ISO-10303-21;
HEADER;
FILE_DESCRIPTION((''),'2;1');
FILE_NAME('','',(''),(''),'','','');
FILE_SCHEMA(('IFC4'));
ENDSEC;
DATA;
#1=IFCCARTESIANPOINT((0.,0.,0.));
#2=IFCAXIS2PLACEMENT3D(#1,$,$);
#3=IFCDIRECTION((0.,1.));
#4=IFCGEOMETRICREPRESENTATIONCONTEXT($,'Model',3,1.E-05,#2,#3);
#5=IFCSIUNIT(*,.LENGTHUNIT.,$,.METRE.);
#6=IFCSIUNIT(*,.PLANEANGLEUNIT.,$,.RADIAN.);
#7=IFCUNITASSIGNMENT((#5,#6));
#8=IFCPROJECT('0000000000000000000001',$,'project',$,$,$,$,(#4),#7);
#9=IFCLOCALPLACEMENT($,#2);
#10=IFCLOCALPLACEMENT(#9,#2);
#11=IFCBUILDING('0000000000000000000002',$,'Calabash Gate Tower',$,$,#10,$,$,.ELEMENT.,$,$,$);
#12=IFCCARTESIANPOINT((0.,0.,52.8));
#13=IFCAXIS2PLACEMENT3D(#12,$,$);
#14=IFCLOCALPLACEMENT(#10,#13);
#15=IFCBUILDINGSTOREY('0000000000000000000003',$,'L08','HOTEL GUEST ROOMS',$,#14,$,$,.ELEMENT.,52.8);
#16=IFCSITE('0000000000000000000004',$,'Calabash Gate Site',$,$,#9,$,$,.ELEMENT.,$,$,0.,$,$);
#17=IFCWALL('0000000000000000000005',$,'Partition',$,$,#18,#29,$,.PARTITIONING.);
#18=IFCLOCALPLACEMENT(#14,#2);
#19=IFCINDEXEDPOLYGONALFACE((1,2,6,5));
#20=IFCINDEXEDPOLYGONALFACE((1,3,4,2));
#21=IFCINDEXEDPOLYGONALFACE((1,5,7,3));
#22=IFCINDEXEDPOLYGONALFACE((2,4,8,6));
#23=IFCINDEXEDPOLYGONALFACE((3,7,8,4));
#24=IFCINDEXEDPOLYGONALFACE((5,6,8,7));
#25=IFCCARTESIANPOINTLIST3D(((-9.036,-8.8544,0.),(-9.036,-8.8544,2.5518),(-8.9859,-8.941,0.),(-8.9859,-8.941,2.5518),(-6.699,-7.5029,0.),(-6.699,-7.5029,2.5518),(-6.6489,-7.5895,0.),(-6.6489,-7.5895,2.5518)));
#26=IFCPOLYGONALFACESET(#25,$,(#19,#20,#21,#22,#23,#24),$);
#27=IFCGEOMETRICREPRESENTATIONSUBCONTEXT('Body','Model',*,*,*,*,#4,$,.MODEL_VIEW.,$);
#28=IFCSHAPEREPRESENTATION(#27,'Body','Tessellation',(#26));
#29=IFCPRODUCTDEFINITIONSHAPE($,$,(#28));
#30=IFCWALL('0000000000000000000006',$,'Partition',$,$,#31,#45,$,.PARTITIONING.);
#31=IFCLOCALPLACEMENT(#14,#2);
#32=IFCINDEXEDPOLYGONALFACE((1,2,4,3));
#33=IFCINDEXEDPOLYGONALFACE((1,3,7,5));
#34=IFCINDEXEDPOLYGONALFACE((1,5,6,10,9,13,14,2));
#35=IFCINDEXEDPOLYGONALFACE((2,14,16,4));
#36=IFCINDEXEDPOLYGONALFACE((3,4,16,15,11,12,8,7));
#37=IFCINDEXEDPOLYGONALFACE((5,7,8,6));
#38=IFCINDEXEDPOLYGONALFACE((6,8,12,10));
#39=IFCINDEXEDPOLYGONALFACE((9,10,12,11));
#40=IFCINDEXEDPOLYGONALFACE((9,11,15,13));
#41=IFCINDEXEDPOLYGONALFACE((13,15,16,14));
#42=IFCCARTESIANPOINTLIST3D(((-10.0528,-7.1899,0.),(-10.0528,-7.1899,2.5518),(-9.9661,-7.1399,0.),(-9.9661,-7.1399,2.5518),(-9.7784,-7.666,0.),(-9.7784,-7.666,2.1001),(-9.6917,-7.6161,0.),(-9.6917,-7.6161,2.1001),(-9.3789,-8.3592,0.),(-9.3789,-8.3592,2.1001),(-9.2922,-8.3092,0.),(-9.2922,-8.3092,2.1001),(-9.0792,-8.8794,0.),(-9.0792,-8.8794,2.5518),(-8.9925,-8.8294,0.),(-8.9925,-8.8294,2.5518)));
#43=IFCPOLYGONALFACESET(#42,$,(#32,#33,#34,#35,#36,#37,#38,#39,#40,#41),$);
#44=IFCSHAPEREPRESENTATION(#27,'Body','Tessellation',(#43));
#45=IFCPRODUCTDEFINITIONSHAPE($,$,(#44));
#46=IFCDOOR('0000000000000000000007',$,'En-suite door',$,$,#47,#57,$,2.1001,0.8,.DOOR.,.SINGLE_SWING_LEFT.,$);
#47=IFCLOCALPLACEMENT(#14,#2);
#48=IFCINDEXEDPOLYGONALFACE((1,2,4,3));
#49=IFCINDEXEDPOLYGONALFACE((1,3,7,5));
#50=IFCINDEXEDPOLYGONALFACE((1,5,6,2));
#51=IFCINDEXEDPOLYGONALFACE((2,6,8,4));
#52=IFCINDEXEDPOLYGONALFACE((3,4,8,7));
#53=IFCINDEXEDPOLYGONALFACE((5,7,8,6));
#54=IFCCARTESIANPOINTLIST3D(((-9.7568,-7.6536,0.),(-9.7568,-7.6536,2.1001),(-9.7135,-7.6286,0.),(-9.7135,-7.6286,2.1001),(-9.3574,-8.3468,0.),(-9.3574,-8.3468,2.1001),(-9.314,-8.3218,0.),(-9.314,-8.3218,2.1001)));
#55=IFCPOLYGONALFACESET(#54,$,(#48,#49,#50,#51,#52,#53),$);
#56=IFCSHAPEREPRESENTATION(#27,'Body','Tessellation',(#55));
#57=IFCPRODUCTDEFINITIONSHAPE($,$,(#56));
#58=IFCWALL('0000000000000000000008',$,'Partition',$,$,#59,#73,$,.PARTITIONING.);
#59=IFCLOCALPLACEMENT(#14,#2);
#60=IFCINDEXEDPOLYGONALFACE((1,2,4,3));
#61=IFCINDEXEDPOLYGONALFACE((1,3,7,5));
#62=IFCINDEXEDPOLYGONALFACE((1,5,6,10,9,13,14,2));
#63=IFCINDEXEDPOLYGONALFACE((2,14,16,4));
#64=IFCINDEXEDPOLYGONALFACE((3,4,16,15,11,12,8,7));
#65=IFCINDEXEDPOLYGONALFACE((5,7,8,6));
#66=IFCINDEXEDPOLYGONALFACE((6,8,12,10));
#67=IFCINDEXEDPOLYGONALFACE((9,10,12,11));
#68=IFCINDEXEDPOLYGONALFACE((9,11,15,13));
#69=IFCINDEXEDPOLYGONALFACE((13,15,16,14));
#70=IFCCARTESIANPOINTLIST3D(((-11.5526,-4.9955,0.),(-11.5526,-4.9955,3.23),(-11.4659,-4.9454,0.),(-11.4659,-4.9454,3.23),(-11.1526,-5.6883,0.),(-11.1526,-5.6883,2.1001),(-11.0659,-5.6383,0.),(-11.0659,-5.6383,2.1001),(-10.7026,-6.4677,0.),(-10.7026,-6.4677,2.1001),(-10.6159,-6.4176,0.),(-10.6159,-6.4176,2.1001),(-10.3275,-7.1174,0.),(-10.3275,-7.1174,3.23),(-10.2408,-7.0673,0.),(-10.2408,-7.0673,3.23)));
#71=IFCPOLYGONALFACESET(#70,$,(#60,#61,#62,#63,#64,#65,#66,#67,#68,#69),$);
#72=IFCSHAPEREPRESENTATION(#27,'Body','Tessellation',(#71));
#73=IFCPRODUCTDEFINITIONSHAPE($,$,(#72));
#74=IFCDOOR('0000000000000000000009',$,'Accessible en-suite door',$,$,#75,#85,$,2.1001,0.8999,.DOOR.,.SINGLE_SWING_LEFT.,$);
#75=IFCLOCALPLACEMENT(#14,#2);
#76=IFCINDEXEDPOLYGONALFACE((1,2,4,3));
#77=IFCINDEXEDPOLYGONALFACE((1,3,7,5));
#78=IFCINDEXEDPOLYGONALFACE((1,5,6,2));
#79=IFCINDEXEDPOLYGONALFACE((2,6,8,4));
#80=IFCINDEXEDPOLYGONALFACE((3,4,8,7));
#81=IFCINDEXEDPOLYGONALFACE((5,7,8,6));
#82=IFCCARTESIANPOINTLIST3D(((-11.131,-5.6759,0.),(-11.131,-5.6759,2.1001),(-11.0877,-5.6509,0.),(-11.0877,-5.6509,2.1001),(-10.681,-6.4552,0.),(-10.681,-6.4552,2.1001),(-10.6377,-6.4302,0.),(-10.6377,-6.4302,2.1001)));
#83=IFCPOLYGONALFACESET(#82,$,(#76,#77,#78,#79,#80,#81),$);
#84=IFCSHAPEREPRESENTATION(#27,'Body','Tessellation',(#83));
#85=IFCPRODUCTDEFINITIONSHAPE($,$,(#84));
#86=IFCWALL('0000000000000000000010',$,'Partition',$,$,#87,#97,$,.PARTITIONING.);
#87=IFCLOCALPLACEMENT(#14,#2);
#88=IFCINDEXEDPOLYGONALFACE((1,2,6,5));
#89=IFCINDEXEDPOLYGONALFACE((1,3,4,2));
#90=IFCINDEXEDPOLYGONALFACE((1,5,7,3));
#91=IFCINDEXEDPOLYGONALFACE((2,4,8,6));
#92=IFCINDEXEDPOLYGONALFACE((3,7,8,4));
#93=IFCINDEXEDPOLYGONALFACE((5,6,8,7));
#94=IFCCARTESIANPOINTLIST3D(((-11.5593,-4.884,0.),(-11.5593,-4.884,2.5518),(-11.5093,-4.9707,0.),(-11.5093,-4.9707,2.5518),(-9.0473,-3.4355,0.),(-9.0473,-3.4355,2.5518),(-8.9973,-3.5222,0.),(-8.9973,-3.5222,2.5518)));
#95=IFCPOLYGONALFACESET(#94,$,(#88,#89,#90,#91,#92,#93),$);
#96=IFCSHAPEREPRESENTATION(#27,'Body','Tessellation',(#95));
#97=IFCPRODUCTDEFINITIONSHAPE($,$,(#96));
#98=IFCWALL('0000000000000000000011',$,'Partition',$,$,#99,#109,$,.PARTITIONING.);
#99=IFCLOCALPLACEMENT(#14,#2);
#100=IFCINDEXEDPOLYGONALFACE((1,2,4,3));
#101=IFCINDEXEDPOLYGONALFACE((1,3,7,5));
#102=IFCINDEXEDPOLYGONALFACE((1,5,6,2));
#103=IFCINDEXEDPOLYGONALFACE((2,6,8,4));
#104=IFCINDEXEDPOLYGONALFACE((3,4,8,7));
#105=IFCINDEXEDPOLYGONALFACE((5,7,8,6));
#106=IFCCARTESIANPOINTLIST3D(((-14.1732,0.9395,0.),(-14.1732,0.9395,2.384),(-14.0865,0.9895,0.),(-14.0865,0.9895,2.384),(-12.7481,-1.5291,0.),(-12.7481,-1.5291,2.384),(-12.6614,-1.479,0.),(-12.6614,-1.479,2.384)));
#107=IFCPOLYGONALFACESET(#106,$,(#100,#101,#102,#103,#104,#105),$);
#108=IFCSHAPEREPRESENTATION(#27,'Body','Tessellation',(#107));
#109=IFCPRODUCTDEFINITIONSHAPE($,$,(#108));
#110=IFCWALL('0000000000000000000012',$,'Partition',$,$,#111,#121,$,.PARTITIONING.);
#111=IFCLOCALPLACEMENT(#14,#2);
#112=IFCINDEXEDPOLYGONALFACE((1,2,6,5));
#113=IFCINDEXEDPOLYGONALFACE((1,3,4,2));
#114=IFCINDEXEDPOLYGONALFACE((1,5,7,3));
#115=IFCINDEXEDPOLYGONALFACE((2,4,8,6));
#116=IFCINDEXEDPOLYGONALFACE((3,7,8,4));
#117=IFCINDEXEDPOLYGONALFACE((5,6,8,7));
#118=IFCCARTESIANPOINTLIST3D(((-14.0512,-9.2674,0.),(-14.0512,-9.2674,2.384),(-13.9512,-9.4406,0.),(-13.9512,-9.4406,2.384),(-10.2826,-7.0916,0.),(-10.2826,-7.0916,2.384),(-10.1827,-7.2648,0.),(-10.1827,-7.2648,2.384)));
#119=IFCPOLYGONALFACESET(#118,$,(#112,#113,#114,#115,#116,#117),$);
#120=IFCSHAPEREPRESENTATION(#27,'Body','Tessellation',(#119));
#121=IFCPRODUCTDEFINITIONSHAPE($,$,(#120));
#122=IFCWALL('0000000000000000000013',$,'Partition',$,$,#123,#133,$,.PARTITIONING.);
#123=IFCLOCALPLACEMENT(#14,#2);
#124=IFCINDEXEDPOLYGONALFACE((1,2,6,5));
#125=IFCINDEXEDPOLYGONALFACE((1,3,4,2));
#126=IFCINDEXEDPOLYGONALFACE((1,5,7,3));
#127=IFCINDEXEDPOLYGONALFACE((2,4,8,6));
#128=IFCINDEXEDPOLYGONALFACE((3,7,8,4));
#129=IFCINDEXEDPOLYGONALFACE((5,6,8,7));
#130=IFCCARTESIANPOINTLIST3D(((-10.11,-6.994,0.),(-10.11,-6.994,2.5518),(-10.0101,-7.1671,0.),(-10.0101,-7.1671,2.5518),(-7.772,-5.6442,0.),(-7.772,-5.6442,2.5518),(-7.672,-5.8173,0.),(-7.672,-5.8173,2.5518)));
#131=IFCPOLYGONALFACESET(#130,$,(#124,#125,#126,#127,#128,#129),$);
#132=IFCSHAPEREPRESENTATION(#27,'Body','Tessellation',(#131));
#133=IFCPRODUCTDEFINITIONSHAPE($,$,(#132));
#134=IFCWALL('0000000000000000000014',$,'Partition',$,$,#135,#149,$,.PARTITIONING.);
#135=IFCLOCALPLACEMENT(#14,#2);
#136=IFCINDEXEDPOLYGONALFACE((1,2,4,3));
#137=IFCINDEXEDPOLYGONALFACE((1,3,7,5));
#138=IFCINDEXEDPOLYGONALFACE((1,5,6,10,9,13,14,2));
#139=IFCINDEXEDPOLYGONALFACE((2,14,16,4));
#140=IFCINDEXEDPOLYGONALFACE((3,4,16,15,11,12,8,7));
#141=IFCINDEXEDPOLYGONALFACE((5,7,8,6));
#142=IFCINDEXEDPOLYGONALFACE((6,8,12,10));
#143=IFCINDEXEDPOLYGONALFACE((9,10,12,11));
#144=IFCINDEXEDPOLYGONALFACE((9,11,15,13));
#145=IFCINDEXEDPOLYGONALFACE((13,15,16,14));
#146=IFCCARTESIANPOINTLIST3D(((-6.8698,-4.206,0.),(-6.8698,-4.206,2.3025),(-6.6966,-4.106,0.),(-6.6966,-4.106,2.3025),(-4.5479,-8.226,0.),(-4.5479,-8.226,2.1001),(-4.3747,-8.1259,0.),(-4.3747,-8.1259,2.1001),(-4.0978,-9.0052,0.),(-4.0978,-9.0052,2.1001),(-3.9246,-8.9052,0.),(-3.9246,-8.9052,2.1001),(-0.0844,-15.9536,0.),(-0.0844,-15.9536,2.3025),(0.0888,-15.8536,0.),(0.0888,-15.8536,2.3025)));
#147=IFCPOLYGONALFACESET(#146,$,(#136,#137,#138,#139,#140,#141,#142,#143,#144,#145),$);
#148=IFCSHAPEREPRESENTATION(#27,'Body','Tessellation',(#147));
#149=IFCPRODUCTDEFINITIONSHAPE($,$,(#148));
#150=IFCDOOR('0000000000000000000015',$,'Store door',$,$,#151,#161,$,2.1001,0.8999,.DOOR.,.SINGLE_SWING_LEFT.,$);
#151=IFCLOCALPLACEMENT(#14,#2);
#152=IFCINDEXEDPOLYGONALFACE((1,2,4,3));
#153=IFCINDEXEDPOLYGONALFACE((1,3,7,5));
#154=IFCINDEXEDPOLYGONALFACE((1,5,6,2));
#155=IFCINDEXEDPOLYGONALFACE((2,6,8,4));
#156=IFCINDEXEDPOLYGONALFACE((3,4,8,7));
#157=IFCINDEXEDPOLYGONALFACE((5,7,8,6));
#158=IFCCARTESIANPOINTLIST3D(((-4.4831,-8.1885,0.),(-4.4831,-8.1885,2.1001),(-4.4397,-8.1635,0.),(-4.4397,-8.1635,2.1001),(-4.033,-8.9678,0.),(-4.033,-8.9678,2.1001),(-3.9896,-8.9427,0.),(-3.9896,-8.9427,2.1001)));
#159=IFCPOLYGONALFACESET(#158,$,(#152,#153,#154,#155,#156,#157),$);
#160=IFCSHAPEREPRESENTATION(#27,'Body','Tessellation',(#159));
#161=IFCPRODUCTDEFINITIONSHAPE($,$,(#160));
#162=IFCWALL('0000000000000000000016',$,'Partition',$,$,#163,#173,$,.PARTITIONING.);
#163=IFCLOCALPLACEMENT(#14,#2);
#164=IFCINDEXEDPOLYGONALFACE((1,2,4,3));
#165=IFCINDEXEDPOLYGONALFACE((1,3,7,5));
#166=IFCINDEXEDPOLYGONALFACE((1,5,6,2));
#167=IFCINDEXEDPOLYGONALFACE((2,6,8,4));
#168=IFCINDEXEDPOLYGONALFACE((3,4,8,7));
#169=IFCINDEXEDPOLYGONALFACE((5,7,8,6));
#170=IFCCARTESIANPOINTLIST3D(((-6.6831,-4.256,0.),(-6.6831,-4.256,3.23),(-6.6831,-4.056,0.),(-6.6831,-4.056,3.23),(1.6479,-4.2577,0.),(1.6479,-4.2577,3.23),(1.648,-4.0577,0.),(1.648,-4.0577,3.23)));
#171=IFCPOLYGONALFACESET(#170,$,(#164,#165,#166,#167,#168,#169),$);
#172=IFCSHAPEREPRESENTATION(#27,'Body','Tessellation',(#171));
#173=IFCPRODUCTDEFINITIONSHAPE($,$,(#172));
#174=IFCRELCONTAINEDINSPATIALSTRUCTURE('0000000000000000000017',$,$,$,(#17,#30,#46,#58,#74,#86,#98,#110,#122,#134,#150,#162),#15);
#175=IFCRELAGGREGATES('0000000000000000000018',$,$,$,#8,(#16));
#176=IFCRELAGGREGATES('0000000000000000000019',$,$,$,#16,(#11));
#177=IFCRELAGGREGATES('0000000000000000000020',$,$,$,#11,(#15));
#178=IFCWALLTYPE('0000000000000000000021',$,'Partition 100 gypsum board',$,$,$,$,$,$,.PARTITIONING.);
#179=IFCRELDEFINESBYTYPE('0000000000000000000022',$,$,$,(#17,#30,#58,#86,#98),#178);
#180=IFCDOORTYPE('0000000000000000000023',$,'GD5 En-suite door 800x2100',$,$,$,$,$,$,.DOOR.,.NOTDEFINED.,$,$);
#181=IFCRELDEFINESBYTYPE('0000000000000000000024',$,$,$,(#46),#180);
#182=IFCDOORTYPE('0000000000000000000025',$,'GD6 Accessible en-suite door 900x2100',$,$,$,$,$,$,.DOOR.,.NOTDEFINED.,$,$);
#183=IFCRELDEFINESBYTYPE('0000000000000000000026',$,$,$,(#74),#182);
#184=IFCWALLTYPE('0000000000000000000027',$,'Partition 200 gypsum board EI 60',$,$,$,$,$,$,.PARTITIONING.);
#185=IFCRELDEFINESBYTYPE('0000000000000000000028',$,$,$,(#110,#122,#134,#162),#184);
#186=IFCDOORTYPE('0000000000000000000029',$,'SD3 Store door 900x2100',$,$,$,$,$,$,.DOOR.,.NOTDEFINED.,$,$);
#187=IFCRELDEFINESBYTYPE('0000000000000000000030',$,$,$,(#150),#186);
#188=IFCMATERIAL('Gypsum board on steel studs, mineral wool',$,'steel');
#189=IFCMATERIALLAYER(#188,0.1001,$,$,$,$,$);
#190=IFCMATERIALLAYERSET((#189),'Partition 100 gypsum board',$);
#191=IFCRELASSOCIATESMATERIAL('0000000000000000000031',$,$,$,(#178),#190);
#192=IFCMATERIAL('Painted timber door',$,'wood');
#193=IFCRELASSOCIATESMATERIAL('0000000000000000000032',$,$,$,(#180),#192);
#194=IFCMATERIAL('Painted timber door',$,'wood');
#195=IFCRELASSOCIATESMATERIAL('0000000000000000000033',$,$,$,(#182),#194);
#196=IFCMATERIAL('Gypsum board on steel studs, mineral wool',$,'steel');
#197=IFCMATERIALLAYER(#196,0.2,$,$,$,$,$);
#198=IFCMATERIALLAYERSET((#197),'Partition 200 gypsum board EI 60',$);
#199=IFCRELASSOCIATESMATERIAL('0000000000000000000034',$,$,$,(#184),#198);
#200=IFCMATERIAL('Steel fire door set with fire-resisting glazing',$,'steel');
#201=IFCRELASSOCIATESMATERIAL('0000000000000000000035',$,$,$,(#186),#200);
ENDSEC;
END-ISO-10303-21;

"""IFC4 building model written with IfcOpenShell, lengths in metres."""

from ifc_helpers import new_model, si_unit, direction, frame, frame_2d, origin, place, context, subcontext, project, spatial, rectangle, extrude, material, layer, layer_set, type_object, element, fill, save


model = new_model("IFC4")

# Units and contexts
model_context = context("Model", 3, precision=1e-05, world=origin(), true_north=direction((0.0, 1.0)))
body_context = subcontext(model_context, "Body", "Model", "MODEL_VIEW")
ifc_project = project(units=[si_unit("LENGTHUNIT", "METRE"), si_unit("PLANEANGLEUNIT", "RADIAN")], contexts=[model_context])

# Site, building, storey
site_placement = place(None, origin())
site = spatial("IfcSite", under=ifc_project, at=site_placement, Name="Calabash Gate Site", CompositionType="ELEMENT", RefElevation=0.0)
building_placement = place(site_placement, origin())
building = spatial("IfcBuilding", under=site, at=building_placement, Name="Calabash Gate Tower", CompositionType="ELEMENT")
storey_placement = place(building_placement, frame((0.0, 0.0, 52.8)))
storey = spatial("IfcBuildingStorey", under=building, at=storey_placement, Name="L08", Description="HOTEL GUEST ROOMS", CompositionType="ELEMENT", Elevation=52.8)

# Wall
ifc_material_1 = material(Name="Gypsum board on steel studs, mineral wool", Category="steel")
ifc_layer_1 = layer(ifc_material_1, 0.1001)
ifc_layer_set_1 = layer_set([ifc_layer_1], Name="Partition 100 gypsum board")
wall_type_1 = type_object("IfcWallType", Name="Partition 100 gypsum board", PredefinedType="PARTITIONING", material=ifc_layer_set_1)
wall_1_placement = place(storey_placement, frame((-9.011, -8.8977, 0.0), z_axis=(0.0, 0.0, 1.0), x_axis=(0.865672, 0.500612, 0.0)))
element("IfcWall", 1, at=wall_1_placement, inside=storey, type_object=wall_type_1, Name="Partition", PredefinedType="PARTITIONING", context=body_context, shape_type="SweptSolid", body=[
    extrude(rectangle(XDim=2.6997, YDim=0.1001, at=frame_2d((1.3499, 0.0))), origin(), (0.0, 0.0, 1.0), 2.5518),
])

# Walls, openings, doors
wall_2_placement = place(storey_placement, frame((-10.0095, -7.1648, 0.0), z_axis=(0.0, 0.0, 1.0), x_axis=(0.499318, -0.866419, 0.0)))
wall_2 = element("IfcWall", 2, at=wall_2_placement, inside=storey, type_object=wall_type_1, Name="Partition", PredefinedType="PARTITIONING", context=body_context, shape_type="SweptSolid", body=[
    extrude(rectangle(XDim=1.95, YDim=0.1001, at=frame_2d((0.9751, 0.0))), origin(), (0.0, 0.0, 1.0), 2.5518),
])
opening_1_placement = place(wall_2_placement, frame((0.5498, 0.0, 0.0)))
opening_1 = element("IfcOpeningElement", 3, at=opening_1_placement, cuts=wall_2, PredefinedType="OPENING", context=body_context, shape_type="SweptSolid", body=[
    extrude(rectangle(XDim=0.8, YDim=2.1001, at=frame_2d((0.3999, 1.05))), frame((0.0, 0.0601, 0.0), z_axis=(0.0, -1.0, 0.0), x_axis=(1.0, 0.0, 0.0)), (0.0, 0.0, 1.0), 0.1201),
])
ifc_material_2 = material(Name="Painted timber door", Category="wood")
door_type_1 = type_object("IfcDoorType", Name="GD5 En-suite door 800x2100", OperationType="NOTDEFINED", PredefinedType="DOOR", material=ifc_material_2)
door_1_placement = place(opening_1_placement, origin())
door_1 = element("IfcDoor", 4, at=door_1_placement, inside=storey, type_object=door_type_1, Name="En-suite door", OperationType="SINGLE_SWING_LEFT", OverallHeight=2.1001, OverallWidth=0.8, PredefinedType="DOOR", context=body_context, shape_type="SweptSolid", body=[
    extrude(rectangle(XDim=0.8, YDim=2.1001, at=frame_2d((0.3999, 1.05))), frame((0.0, 0.0249, 0.0), z_axis=(0.0, -1.0, 0.0), x_axis=(1.0, 0.0, 0.0)), (0.0, 0.0, 1.0), 0.05),
])
fill(opening_1, door_1)
wall_3_placement = place(storey_placement, frame((-11.5093, -4.9705, 0.0), z_axis=(0.0, 0.0, 1.0), x_axis=(0.500019, -0.866015, 0.0)))
wall_3 = element("IfcWall", 5, at=wall_3_placement, inside=storey, type_object=wall_type_1, Name="Partition", PredefinedType="PARTITIONING", context=body_context, shape_type="SweptSolid", body=[
    extrude(rectangle(XDim=2.4502, YDim=0.1001, at=frame_2d((1.2251, 0.0))), origin(), (0.0, 0.0, 1.0), 3.23),
])
opening_2_placement = place(wall_3_placement, frame((0.8, 0.0, 0.0)))
opening_2 = element("IfcOpeningElement", 6, at=opening_2_placement, cuts=wall_3, PredefinedType="OPENING", context=body_context, shape_type="SweptSolid", body=[
    extrude(rectangle(XDim=0.8999, YDim=2.1001, at=frame_2d((0.45, 1.05))), frame((0.0, 0.0601, 0.0), z_axis=(0.0, -1.0, 0.0), x_axis=(1.0, 0.0, 0.0)), (0.0, 0.0, 1.0), 0.1201),
])
ifc_material_3 = material(Name="Painted timber door", Category="wood")
door_type_2 = type_object("IfcDoorType", Name="GD6 Accessible en-suite door 900x2100", OperationType="NOTDEFINED", PredefinedType="DOOR", material=ifc_material_3)
door_2_placement = place(opening_2_placement, origin())
door_2 = element("IfcDoor", 7, at=door_2_placement, inside=storey, type_object=door_type_2, Name="Accessible en-suite door", OperationType="SINGLE_SWING_LEFT", OverallHeight=2.1001, OverallWidth=0.8999, PredefinedType="DOOR", context=body_context, shape_type="SweptSolid", body=[
    extrude(rectangle(XDim=0.8999, YDim=2.1001, at=frame_2d((0.45, 1.05))), frame((0.0, 0.0249, 0.0), z_axis=(0.0, -1.0, 0.0), x_axis=(1.0, 0.0, 0.0)), (0.0, 0.0, 1.0), 0.05),
])
fill(opening_2, door_2)

# Walls
wall_4_placement = place(storey_placement, frame((-11.5342, -4.9272, 0.0), z_axis=(0.0, 0.0, 1.0), x_axis=(0.866293, 0.499535, 0.0)))
element("IfcWall", 8, at=wall_4_placement, inside=storey, type_object=wall_type_1, Name="Partition", PredefinedType="PARTITIONING", context=body_context, shape_type="SweptSolid", body=[
    extrude(rectangle(XDim=2.8997, YDim=0.1001, at=frame_2d((1.4497, 0.0))), origin(), (0.0, 0.0, 1.0), 2.5518),
])
wall_5_placement = place(storey_placement, frame((-14.1299, 0.9646, 0.0), z_axis=(0.0, 0.0, 1.0), x_axis=(0.499962, -0.866047, 0.0)))
element("IfcWall", 9, at=wall_5_placement, inside=storey, type_object=wall_type_1, Name="Partition", PredefinedType="PARTITIONING", context=body_context, shape_type="SweptSolid", body=[
    extrude(rectangle(XDim=2.8503, YDim=0.1001, at=frame_2d((1.4253, 0.0))), origin(), (0.0, 0.0, 1.0), 2.384),
])
ifc_material_4 = material(Name="Gypsum board on steel studs, mineral wool", Category="steel")
ifc_layer_2 = layer(ifc_material_4, 0.2)
ifc_layer_set_2 = layer_set([ifc_layer_2], Name="Partition 200 gypsum board EI 60")
wall_type_2 = type_object("IfcWallType", Name="Partition 200 gypsum board EI 60", PredefinedType="PARTITIONING", material=ifc_layer_set_2)
wall_6_placement = place(storey_placement, frame((-14.0012, -9.354, 0.0), z_axis=(0.0, 0.0, 1.0), x_axis=(0.866025, 0.500001, 0.0)))
element("IfcWall", 10, at=wall_6_placement, inside=storey, type_object=wall_type_2, Name="Partition", PredefinedType="PARTITIONING", context=body_context, shape_type="SweptSolid", body=[
    extrude(rectangle(XDim=4.3516, YDim=0.2, at=frame_2d((2.1758, 0.0))), origin(), (0.0, 0.0, 1.0), 2.384),
])
wall_7_placement = place(storey_placement, frame((-10.0601, -7.0806, 0.0), z_axis=(0.0, 0.0, 1.0), x_axis=(0.866037, 0.499981, 0.0)))
element("IfcWall", 11, at=wall_7_placement, inside=storey, type_object=wall_type_2, Name="Partition", PredefinedType="PARTITIONING", context=body_context, shape_type="SweptSolid", body=[
    extrude(rectangle(XDim=2.6997, YDim=0.2, at=frame_2d((1.3499, 0.0))), origin(), (0.0, 0.0, 1.0), 2.5518),
])

# Wall, opening, door
wall_8_placement = place(storey_placement, frame((-6.7832, -4.156, 0.0), z_axis=(0.0, 0.0, 1.0), x_axis=(0.500163, -0.865931, 0.0)))
wall_8 = element("IfcWall", 12, at=wall_8_placement, inside=storey, type_object=wall_type_2, Name="Partition", PredefinedType="PARTITIONING", context=body_context, shape_type="SweptSolid", body=[
    extrude(rectangle(XDim=13.5664, YDim=0.2, at=frame_2d((6.7832, 0.0))), origin(), (0.0, 0.0, 1.0), 2.3025),
])
opening_3_placement = place(wall_8_placement, frame((4.6423, 0.0, 0.0)))
opening_3 = element("IfcOpeningElement", 13, at=opening_3_placement, cuts=wall_8, PredefinedType="OPENING", context=body_context, shape_type="SweptSolid", body=[
    extrude(rectangle(XDim=0.8999, YDim=2.1001, at=frame_2d((0.45, 1.05))), frame((0.0, 0.1099, 0.0), z_axis=(0.0, -1.0, 0.0), x_axis=(1.0, 0.0, 0.0)), (0.0, 0.0, 1.0), 0.22),
])
ifc_material_5 = material(Name="Steel fire door set with fire-resisting glazing", Category="steel")
door_type_3 = type_object("IfcDoorType", Name="SD3 Store door 900x2100", OperationType="NOTDEFINED", PredefinedType="DOOR", material=ifc_material_5)
door_3_placement = place(opening_3_placement, origin())
door_3 = element("IfcDoor", 14, at=door_3_placement, inside=storey, type_object=door_type_3, Name="Store door", OperationType="SINGLE_SWING_LEFT", OverallHeight=2.1001, OverallWidth=0.8999, PredefinedType="DOOR", context=body_context, shape_type="SweptSolid", body=[
    extrude(rectangle(XDim=0.8999, YDim=2.1001, at=frame_2d((0.45, 1.05))), frame((0.0, 0.0249, 0.0), z_axis=(0.0, -1.0, 0.0), x_axis=(1.0, 0.0, 0.0)), (0.0, 0.0, 1.0), 0.05),
])
fill(opening_3, door_3)

# Wall
wall_9_placement = place(storey_placement, frame((-6.6831, -4.156, 0.0), z_axis=(0.0, 0.0, 1.0), x_axis=(1.0, -0.000205, 0.0)))
element("IfcWall", 15, at=wall_9_placement, inside=storey, type_object=wall_type_2, Name="Partition", PredefinedType="PARTITIONING", context=body_context, shape_type="SweptSolid", body=[
    extrude(rectangle(XDim=8.3311, YDim=0.2, at=frame_2d((4.1655, 0.0))), origin(), (0.0, 0.0, 1.0), 3.23),
])

save(model, "model.ifc")
